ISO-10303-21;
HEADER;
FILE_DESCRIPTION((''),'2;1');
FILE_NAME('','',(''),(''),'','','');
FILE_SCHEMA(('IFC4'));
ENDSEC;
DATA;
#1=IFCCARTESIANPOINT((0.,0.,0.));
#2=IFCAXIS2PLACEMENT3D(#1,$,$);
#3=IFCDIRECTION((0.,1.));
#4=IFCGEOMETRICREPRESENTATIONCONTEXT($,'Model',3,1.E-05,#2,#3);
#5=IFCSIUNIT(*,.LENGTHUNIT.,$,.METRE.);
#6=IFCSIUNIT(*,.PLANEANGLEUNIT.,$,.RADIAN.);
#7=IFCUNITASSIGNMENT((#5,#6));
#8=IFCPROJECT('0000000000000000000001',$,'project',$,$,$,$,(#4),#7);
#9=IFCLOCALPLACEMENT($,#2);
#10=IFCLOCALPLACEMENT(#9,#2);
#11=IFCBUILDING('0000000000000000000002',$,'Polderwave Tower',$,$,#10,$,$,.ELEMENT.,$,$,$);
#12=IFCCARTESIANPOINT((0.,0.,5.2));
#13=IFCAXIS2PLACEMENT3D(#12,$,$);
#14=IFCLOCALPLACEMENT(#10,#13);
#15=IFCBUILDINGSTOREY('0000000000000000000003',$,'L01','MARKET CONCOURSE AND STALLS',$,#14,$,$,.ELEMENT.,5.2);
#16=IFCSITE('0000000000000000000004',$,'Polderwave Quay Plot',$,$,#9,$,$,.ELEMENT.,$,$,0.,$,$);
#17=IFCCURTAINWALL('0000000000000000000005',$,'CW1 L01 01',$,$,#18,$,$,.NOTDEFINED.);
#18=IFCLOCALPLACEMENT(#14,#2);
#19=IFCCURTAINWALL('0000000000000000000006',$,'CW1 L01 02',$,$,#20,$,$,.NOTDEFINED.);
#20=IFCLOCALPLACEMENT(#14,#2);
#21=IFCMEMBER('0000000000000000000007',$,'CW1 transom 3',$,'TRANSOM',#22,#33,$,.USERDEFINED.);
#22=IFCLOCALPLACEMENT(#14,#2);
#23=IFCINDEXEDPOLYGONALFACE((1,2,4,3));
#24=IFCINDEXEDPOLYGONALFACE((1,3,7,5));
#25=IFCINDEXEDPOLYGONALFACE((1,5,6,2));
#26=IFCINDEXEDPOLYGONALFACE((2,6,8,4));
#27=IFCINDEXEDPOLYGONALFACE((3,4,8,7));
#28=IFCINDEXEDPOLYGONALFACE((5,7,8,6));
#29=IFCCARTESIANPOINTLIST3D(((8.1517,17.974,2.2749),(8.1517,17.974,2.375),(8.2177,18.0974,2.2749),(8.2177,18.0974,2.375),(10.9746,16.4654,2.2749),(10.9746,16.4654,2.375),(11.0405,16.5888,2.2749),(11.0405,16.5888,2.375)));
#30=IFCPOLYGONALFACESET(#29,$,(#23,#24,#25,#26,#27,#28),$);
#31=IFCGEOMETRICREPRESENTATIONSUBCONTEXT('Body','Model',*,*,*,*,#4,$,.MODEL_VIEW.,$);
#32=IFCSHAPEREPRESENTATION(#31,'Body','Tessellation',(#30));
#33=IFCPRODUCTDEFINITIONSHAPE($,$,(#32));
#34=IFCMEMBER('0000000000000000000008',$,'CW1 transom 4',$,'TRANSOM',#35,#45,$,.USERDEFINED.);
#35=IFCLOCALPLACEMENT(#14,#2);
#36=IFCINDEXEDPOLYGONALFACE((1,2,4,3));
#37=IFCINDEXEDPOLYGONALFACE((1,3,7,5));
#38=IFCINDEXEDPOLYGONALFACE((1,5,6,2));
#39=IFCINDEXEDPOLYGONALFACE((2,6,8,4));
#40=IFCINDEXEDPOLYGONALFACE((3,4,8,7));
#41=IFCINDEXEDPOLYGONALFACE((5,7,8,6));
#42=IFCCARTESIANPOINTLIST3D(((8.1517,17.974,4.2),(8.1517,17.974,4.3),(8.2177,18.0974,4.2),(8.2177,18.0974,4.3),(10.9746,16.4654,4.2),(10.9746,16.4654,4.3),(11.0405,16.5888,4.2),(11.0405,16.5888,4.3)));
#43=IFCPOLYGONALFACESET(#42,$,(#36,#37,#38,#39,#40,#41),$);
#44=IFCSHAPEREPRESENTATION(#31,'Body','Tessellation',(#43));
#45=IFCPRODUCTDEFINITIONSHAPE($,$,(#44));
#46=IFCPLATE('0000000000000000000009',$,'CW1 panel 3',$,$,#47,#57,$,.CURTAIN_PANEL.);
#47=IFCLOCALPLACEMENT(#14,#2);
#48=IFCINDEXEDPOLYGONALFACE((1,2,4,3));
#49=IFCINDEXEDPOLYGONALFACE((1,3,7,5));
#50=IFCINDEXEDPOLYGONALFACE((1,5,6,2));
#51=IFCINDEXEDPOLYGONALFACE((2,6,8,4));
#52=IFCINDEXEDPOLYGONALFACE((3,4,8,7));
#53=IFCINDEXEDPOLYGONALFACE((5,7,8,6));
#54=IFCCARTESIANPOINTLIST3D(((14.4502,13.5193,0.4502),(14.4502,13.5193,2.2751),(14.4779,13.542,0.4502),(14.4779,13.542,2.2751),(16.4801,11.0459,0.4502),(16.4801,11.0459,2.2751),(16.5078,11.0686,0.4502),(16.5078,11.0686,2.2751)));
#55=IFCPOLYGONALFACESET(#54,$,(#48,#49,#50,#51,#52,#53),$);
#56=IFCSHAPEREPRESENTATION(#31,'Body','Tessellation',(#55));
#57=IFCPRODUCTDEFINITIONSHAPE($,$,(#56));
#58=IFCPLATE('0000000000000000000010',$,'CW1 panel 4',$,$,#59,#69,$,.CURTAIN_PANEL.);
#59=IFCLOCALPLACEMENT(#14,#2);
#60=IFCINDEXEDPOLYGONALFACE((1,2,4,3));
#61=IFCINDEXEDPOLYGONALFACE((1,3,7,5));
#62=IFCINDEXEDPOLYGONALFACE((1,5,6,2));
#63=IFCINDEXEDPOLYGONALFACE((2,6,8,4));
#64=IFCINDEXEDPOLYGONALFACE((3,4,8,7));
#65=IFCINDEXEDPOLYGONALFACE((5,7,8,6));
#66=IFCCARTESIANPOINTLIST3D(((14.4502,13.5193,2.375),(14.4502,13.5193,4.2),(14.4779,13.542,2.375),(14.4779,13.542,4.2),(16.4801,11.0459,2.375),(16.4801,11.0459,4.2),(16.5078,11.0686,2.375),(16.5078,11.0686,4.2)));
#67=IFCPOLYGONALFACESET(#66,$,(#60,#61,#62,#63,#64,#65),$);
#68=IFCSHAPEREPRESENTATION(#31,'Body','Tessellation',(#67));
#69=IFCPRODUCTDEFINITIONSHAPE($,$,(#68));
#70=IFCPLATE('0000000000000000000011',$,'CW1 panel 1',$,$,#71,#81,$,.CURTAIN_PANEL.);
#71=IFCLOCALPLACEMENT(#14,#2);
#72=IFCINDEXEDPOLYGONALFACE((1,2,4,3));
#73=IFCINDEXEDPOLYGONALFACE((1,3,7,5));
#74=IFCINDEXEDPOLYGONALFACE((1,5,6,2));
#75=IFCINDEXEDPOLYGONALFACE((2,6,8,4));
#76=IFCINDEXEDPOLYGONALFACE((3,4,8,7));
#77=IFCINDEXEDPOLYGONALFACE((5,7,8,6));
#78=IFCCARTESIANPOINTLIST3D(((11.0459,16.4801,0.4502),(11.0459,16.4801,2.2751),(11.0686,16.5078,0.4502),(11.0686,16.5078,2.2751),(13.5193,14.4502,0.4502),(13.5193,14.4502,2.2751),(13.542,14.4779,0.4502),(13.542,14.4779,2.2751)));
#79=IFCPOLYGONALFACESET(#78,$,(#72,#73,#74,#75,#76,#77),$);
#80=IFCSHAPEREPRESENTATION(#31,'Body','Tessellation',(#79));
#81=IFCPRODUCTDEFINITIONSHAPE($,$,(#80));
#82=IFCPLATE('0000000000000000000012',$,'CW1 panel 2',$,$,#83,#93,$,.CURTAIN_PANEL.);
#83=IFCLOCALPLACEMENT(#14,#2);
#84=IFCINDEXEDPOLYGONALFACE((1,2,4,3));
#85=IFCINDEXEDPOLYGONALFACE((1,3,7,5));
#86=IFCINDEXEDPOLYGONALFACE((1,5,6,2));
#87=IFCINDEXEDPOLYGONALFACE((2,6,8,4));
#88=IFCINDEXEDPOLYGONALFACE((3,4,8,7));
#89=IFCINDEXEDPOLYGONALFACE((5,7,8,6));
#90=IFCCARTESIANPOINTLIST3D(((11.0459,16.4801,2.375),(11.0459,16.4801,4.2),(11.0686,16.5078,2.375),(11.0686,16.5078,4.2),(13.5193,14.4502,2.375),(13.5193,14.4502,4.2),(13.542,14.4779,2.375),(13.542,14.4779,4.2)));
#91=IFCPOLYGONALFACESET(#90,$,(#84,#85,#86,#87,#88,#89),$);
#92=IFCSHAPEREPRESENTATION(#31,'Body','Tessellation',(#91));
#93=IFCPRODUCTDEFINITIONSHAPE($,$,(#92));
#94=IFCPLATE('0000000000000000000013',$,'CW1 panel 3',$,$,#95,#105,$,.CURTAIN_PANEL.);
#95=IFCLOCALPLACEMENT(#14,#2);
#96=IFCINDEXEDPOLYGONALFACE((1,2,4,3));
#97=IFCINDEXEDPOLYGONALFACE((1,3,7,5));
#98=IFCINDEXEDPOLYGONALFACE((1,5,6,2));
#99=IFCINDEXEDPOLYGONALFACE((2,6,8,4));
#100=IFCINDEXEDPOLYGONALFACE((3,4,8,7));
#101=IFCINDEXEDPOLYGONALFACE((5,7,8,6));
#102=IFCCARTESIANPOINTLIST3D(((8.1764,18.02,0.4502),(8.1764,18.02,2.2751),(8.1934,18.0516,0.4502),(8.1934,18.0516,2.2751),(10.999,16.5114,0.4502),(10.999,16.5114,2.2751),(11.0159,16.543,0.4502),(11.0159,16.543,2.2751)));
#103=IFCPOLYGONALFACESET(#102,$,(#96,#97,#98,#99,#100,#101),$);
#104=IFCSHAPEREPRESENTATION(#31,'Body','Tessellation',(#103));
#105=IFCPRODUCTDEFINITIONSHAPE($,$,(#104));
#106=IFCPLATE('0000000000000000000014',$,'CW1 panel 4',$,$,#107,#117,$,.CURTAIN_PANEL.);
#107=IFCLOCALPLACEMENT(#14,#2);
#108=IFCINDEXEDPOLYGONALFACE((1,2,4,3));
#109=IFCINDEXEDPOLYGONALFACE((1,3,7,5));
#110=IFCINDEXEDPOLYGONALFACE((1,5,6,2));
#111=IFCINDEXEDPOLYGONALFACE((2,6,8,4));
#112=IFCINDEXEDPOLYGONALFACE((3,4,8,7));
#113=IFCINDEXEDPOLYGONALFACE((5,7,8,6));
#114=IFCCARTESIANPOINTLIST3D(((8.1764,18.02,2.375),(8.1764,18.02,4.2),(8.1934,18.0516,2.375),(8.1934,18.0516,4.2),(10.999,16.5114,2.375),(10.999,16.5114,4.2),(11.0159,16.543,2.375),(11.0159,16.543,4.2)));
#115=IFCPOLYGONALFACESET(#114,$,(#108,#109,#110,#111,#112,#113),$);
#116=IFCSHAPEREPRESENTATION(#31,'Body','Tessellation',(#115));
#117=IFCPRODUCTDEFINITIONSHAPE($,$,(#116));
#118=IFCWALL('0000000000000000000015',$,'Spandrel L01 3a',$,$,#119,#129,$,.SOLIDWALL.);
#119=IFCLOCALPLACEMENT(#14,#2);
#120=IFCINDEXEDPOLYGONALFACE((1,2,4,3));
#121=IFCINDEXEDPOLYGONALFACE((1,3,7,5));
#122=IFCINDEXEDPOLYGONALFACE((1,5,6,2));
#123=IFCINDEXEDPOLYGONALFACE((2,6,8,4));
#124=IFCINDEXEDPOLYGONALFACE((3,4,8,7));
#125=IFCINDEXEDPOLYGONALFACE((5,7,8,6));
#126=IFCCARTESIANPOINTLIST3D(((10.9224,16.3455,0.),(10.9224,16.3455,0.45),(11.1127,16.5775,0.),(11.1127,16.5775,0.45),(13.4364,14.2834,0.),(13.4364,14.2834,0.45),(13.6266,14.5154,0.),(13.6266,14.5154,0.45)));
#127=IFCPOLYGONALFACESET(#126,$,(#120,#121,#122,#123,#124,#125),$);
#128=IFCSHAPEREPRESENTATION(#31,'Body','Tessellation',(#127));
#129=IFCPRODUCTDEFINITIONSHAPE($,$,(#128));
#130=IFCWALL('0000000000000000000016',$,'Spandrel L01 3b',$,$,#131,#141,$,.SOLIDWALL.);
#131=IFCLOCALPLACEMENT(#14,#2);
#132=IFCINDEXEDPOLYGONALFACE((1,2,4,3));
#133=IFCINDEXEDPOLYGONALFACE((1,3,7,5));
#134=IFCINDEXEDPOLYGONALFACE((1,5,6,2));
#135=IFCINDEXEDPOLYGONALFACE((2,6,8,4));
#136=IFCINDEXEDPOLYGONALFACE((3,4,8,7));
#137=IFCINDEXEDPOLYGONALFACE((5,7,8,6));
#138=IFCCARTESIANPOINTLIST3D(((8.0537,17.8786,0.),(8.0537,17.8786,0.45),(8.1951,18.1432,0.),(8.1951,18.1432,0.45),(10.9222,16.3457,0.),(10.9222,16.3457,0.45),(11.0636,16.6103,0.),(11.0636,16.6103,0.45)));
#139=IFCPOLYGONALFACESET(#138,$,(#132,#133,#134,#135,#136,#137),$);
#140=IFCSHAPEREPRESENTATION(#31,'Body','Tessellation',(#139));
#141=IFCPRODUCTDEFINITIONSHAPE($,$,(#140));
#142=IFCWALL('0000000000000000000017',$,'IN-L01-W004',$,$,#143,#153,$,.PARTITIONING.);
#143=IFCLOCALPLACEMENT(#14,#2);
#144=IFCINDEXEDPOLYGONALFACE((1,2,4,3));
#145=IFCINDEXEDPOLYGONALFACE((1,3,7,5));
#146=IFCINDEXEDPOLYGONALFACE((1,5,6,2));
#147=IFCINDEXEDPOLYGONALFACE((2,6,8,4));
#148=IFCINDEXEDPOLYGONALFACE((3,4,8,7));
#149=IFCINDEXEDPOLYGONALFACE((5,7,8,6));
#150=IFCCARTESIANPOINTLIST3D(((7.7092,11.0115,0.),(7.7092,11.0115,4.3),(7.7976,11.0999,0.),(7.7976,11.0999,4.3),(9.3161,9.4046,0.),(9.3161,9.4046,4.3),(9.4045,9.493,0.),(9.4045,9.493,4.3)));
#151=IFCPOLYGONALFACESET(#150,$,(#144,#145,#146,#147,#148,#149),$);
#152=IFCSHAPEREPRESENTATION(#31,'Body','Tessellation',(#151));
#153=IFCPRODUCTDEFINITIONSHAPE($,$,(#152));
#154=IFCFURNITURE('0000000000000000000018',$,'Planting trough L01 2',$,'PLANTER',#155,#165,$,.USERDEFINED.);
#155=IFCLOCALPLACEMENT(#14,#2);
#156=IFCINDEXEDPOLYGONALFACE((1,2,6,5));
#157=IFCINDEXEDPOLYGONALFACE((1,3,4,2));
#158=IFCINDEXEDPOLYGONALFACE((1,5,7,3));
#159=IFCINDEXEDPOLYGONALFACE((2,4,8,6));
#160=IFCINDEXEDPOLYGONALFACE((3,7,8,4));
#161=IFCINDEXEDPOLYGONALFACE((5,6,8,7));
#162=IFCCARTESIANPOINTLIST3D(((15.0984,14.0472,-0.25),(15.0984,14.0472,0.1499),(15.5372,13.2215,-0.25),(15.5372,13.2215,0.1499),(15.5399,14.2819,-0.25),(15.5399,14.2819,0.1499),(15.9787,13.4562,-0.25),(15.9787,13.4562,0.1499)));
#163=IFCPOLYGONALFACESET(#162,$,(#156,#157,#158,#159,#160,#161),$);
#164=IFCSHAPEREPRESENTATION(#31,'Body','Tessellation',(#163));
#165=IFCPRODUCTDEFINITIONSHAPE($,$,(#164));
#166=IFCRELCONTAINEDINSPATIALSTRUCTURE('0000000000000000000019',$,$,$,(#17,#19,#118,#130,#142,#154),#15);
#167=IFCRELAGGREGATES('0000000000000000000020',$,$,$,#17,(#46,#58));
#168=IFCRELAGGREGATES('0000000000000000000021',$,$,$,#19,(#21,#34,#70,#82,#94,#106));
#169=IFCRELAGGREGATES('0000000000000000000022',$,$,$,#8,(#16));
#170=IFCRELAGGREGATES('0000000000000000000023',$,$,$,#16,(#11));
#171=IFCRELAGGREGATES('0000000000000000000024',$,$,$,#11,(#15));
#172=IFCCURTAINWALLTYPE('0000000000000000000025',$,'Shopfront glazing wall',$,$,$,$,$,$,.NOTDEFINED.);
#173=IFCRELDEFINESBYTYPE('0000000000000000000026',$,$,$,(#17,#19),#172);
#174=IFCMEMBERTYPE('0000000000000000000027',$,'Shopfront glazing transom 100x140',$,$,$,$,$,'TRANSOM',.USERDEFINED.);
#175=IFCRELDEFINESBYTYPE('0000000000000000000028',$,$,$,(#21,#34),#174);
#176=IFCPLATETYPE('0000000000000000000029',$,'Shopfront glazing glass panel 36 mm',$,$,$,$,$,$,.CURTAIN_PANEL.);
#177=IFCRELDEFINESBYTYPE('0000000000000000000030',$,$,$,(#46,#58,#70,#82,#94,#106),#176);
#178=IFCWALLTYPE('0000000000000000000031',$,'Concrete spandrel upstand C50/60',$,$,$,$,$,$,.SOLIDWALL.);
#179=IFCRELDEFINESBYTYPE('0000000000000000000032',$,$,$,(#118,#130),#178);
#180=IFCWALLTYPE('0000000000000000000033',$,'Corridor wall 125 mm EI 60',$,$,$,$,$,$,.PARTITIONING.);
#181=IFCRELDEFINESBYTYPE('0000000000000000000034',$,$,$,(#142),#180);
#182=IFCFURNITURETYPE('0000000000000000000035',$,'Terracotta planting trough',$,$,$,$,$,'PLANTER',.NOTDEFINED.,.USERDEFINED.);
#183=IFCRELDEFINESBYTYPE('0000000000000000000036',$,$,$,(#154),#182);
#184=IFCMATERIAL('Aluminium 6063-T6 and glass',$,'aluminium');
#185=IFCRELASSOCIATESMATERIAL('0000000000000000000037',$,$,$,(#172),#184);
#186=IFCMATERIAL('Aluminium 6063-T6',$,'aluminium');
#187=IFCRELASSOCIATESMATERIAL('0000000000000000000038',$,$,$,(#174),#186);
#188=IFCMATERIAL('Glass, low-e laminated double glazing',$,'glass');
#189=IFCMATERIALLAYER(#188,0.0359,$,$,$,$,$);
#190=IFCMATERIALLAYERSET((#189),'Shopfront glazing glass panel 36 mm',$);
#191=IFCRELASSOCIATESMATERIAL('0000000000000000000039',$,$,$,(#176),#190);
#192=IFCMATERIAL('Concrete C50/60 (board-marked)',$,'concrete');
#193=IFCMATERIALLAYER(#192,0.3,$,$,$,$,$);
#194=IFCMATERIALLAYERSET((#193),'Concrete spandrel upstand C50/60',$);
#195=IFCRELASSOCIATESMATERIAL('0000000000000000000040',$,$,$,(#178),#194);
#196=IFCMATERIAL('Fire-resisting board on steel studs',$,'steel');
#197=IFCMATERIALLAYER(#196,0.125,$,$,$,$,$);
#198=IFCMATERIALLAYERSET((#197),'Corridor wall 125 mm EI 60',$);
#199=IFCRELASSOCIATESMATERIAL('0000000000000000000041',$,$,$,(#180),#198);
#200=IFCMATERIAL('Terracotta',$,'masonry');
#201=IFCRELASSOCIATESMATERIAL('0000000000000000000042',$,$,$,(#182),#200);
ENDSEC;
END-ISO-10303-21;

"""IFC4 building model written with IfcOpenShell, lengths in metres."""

from ifc_helpers import new_model, si_unit, direction, frame, frame_2d, origin, origin_2d, place, context, subcontext, project, spatial, rectangle, extrude, material, layer, layer_set, material_profile, profile_set, type_object, element, aggregate, save


model = new_model("IFC4")

# Units and contexts
model_context = context("Model", 3, precision=1e-05, world=origin(), true_north=direction((0.0, 1.0)))
body_context = subcontext(model_context, "Body", "Model", "MODEL_VIEW")
ifc_project = project(units=[si_unit("LENGTHUNIT", "METRE"), si_unit("PLANEANGLEUNIT", "RADIAN")], contexts=[model_context])

# Site, building, storey
site_placement = place(None, origin())
site = spatial("IfcSite", under=ifc_project, at=site_placement, Name="Polderwave Quay Plot", CompositionType="ELEMENT", RefElevation=0.0)
building_placement = place(site_placement, origin())
building = spatial("IfcBuilding", under=site, at=building_placement, Name="Polderwave Tower", CompositionType="ELEMENT")
storey_placement = place(building_placement, frame((0.0, 0.0, 5.2)))
storey = spatial("IfcBuildingStorey", under=building, at=storey_placement, Name="L01", Description="MARKET CONCOURSE AND STALLS", CompositionType="ELEMENT", Elevation=5.2)

# Curtain walls
ifc_material_1 = material(Name="Aluminium 6063-T6 and glass", Category="aluminium")
curtain_wall_type = type_object("IfcCurtainWallType", Name="Shopfront glazing wall", PredefinedType="NOTDEFINED", material=ifc_material_1)
curtain_wall_1_placement = place(storey_placement, origin())
curtain_wall_1 = element("IfcCurtainWall", 1, at=curtain_wall_1_placement, inside=storey, type_object=curtain_wall_type, Name="CW1 L01 01", PredefinedType="NOTDEFINED")
ifc_material_2 = material(Name="Aluminium 6063-T6", Category="aluminium")
curtain_wall_2_placement = place(storey_placement, origin())
curtain_wall_2 = element("IfcCurtainWall", 2, at=curtain_wall_2_placement, inside=storey, type_object=curtain_wall_type, Name="CW1 L01 02", PredefinedType="NOTDEFINED")

# Members
ifc_material_profile_1 = material_profile(ifc_material_2, rectangle(XDim=0.1399, YDim=0.1001, at=origin_2d()), Name="AL 100x140")
ifc_profile_set_1 = profile_set([ifc_material_profile_1], Name="Aluminium 6063-T6")
member_type_1 = type_object("IfcMemberType", Name="Shopfront glazing transom 100x140", ElementType="TRANSOM", PredefinedType="USERDEFINED", material=ifc_profile_set_1)
member_1_placement = place(storey_placement, frame((11.0076, 16.5271, 2.325), z_axis=(-0.881954, 0.471336, 0.0), x_axis=(-0.471336, -0.881954, 0.0)))
member_1 = element("IfcMember", 3, at=member_1_placement, type_object=member_type_1, Name="CW1 transom 3", ObjectType="TRANSOM", PredefinedType="USERDEFINED", context=body_context, shape_type="SweptSolid", body=[
    extrude(rectangle(XDim=0.1399, YDim=0.1001, at=origin_2d()), origin(), (0.0, 0.0, 1.0), 3.2007),
])
member_2_placement = place(storey_placement, frame((11.0076, 16.5271, 4.25), z_axis=(-0.881954, 0.471336, 0.0), x_axis=(-0.471336, -0.881954, 0.0)))
member_2 = element("IfcMember", 4, at=member_2_placement, type_object=member_type_1, Name="CW1 transom 4", ObjectType="TRANSOM", PredefinedType="USERDEFINED", context=body_context, shape_type="SweptSolid", body=[
    extrude(rectangle(XDim=0.1399, YDim=0.1001, at=origin_2d()), origin(), (0.0, 0.0, 1.0), 3.2007),
])

# Plates
ifc_material_3 = material(Name="Glass, low-e laminated double glazing", Category="glass")
ifc_layer_1 = layer(ifc_material_3, 0.0359)
ifc_layer_set_1 = layer_set([ifc_layer_1], Name="Shopfront glazing glass panel 36 mm")
plate_type = type_object("IfcPlateType", Name="Shopfront glazing glass panel 36 mm", PredefinedType="CURTAIN_PANEL", material=ifc_layer_set_1)
plate_1_placement = place(storey_placement, frame((15.479, 12.2939, 0.4502), z_axis=(0.0, 0.0, 1.0), x_axis=(-0.634396, 0.773008, 0.0)))
plate_1 = element("IfcPlate", 5, at=plate_1_placement, type_object=plate_type, Name="CW1 panel 3", PredefinedType="CURTAIN_PANEL", context=body_context, shape_type="SweptSolid", body=[
    extrude(rectangle(XDim=3.1997, YDim=0.0359, at=origin_2d()), origin(), (0.0, 0.0, 1.0), 1.825),
])
plate_2_placement = place(storey_placement, frame((15.479, 12.2939, 2.375), z_axis=(0.0, 0.0, 1.0), x_axis=(-0.634396, 0.773008, 0.0)))
plate_2 = element("IfcPlate", 6, at=plate_2_placement, type_object=plate_type, Name="CW1 panel 4", PredefinedType="CURTAIN_PANEL", context=body_context, shape_type="SweptSolid", body=[
    extrude(rectangle(XDim=3.1997, YDim=0.0359, at=origin_2d()), origin(), (0.0, 0.0, 1.0), 1.825),
])
aggregate(curtain_wall_1, [plate_1, plate_2])
plate_3_placement = place(storey_placement, frame((12.2939, 15.479, 0.4502), z_axis=(0.0, 0.0, 1.0), x_axis=(-0.773008, 0.634396, 0.0)))
plate_3 = element("IfcPlate", 7, at=plate_3_placement, type_object=plate_type, Name="CW1 panel 1", PredefinedType="CURTAIN_PANEL", context=body_context, shape_type="SweptSolid", body=[
    extrude(rectangle(XDim=3.1997, YDim=0.0359, at=origin_2d()), origin(), (0.0, 0.0, 1.0), 1.825),
])
plate_4_placement = place(storey_placement, frame((12.2939, 15.479, 2.375), z_axis=(0.0, 0.0, 1.0), x_axis=(-0.773008, 0.634396, 0.0)))
plate_4 = element("IfcPlate", 8, at=plate_4_placement, type_object=plate_type, Name="CW1 panel 2", PredefinedType="CURTAIN_PANEL", context=body_context, shape_type="SweptSolid", body=[
    extrude(rectangle(XDim=3.1997, YDim=0.0359, at=origin_2d()), origin(), (0.0, 0.0, 1.0), 1.825),
])
plate_5_placement = place(storey_placement, frame((9.5962, 17.2815, 0.4502), z_axis=(0.0, 0.0, 1.0), x_axis=(-0.88194, 0.471361, 0.0)))
plate_5 = element("IfcPlate", 9, at=plate_5_placement, type_object=plate_type, Name="CW1 panel 3", PredefinedType="CURTAIN_PANEL", context=body_context, shape_type="SweptSolid", body=[
    extrude(rectangle(XDim=3.2004, YDim=0.0359, at=origin_2d()), origin(), (0.0, 0.0, 1.0), 1.825),
])
plate_6_placement = place(storey_placement, frame((9.5962, 17.2815, 2.375), z_axis=(0.0, 0.0, 1.0), x_axis=(-0.88194, 0.471361, 0.0)))
plate_6 = element("IfcPlate", 10, at=plate_6_placement, type_object=plate_type, Name="CW1 panel 4", PredefinedType="CURTAIN_PANEL", context=body_context, shape_type="SweptSolid", body=[
    extrude(rectangle(XDim=3.2004, YDim=0.0359, at=origin_2d()), origin(), (0.0, 0.0, 1.0), 1.825),
])
aggregate(curtain_wall_2, [member_1, member_2, plate_3, plate_4, plate_5, plate_6])

# Walls
ifc_material_4 = material(Name="Concrete C50/60 (board-marked)", Category="concrete")
ifc_layer_2 = layer(ifc_material_4, 0.3)
ifc_layer_set_2 = layer_set([ifc_layer_2], Name="Concrete spandrel upstand C50/60")
wall_type_1 = type_object("IfcWallType", Name="Concrete spandrel upstand C50/60", PredefinedType="SOLIDWALL", material=ifc_layer_set_2)
wall_1_placement = place(storey_placement, frame((13.5315, 14.3994, 0.0), z_axis=(0.0, 0.0, 1.0), x_axis=(-0.773177, 0.63419, 0.0)))
element("IfcWall", 11, at=wall_1_placement, inside=storey, type_object=wall_type_1, Name="Spandrel L01 3a", PredefinedType="SOLIDWALL", context=body_context, shape_type="SweptSolid", body=[
    extrude(rectangle(XDim=3.2515, YDim=0.3, at=frame_2d((1.6257, 0.0))), origin(), (0.0, 0.0, 1.0), 0.45),
])
wall_2_placement = place(storey_placement, frame((10.9929, 16.478, 0.0), z_axis=(0.0, 0.0, 1.0), x_axis=(-0.881968, 0.471309, 0.0)))
element("IfcWall", 12, at=wall_2_placement, inside=storey, type_object=wall_type_1, Name="Spandrel L01 3b", PredefinedType="SOLIDWALL", context=body_context, shape_type="SweptSolid", body=[
    extrude(rectangle(XDim=3.2524, YDim=0.3, at=frame_2d((1.6262, 0.0))), origin(), (0.0, 0.0, 1.0), 0.45),
])
ifc_material_5 = material(Name="Fire-resisting board on steel studs", Category="steel")
ifc_layer_3 = layer(ifc_material_5, 0.125)
ifc_layer_set_3 = layer_set([ifc_layer_3], Name="Corridor wall 125 mm EI 60")
wall_type_2 = type_object("IfcWallType", Name="Corridor wall 125 mm EI 60", PredefinedType="PARTITIONING", material=ifc_layer_set_3)
wall_3_placement = place(storey_placement, frame((7.7534, 11.0557, 0.0), z_axis=(0.0, 0.0, 1.0), x_axis=(0.707107, -0.707107, 0.0)))
element("IfcWall", 13, at=wall_3_placement, inside=storey, type_object=wall_type_2, Name="IN-L01-W004", PredefinedType="PARTITIONING", context=body_context, shape_type="SweptSolid", body=[
    extrude(rectangle(XDim=2.2725, YDim=0.125, at=frame_2d((1.1362, 0.0))), origin(), (0.0, 0.0, 1.0), 4.3),
])

# Furniture
ifc_material_6 = material(Name="Terracotta", Category="masonry")
furniture_type = type_object("IfcFurnitureType", Name="Terracotta planting trough", ElementType="PLANTER", AssemblyPlace="NOTDEFINED", PredefinedType="USERDEFINED", material=ifc_material_6)
furniture_placement = place(storey_placement, frame((15.5386, 13.7517, -0.25), z_axis=(0.0, 0.0, 1.0), x_axis=(-0.46928, 0.883049, 0.0)))
element("IfcFurniture", 14, at=furniture_placement, inside=storey, type_object=furniture_type, Name="Planting trough L01 2", ObjectType="PLANTER", PredefinedType="USERDEFINED", context=body_context, shape_type="SweptSolid", body=[
    extrude(rectangle(XDim=0.9351, YDim=0.5, at=origin_2d()), origin(), (0.0, 0.0, 1.0), 0.3999),
])

save(model, "model.ifc")
